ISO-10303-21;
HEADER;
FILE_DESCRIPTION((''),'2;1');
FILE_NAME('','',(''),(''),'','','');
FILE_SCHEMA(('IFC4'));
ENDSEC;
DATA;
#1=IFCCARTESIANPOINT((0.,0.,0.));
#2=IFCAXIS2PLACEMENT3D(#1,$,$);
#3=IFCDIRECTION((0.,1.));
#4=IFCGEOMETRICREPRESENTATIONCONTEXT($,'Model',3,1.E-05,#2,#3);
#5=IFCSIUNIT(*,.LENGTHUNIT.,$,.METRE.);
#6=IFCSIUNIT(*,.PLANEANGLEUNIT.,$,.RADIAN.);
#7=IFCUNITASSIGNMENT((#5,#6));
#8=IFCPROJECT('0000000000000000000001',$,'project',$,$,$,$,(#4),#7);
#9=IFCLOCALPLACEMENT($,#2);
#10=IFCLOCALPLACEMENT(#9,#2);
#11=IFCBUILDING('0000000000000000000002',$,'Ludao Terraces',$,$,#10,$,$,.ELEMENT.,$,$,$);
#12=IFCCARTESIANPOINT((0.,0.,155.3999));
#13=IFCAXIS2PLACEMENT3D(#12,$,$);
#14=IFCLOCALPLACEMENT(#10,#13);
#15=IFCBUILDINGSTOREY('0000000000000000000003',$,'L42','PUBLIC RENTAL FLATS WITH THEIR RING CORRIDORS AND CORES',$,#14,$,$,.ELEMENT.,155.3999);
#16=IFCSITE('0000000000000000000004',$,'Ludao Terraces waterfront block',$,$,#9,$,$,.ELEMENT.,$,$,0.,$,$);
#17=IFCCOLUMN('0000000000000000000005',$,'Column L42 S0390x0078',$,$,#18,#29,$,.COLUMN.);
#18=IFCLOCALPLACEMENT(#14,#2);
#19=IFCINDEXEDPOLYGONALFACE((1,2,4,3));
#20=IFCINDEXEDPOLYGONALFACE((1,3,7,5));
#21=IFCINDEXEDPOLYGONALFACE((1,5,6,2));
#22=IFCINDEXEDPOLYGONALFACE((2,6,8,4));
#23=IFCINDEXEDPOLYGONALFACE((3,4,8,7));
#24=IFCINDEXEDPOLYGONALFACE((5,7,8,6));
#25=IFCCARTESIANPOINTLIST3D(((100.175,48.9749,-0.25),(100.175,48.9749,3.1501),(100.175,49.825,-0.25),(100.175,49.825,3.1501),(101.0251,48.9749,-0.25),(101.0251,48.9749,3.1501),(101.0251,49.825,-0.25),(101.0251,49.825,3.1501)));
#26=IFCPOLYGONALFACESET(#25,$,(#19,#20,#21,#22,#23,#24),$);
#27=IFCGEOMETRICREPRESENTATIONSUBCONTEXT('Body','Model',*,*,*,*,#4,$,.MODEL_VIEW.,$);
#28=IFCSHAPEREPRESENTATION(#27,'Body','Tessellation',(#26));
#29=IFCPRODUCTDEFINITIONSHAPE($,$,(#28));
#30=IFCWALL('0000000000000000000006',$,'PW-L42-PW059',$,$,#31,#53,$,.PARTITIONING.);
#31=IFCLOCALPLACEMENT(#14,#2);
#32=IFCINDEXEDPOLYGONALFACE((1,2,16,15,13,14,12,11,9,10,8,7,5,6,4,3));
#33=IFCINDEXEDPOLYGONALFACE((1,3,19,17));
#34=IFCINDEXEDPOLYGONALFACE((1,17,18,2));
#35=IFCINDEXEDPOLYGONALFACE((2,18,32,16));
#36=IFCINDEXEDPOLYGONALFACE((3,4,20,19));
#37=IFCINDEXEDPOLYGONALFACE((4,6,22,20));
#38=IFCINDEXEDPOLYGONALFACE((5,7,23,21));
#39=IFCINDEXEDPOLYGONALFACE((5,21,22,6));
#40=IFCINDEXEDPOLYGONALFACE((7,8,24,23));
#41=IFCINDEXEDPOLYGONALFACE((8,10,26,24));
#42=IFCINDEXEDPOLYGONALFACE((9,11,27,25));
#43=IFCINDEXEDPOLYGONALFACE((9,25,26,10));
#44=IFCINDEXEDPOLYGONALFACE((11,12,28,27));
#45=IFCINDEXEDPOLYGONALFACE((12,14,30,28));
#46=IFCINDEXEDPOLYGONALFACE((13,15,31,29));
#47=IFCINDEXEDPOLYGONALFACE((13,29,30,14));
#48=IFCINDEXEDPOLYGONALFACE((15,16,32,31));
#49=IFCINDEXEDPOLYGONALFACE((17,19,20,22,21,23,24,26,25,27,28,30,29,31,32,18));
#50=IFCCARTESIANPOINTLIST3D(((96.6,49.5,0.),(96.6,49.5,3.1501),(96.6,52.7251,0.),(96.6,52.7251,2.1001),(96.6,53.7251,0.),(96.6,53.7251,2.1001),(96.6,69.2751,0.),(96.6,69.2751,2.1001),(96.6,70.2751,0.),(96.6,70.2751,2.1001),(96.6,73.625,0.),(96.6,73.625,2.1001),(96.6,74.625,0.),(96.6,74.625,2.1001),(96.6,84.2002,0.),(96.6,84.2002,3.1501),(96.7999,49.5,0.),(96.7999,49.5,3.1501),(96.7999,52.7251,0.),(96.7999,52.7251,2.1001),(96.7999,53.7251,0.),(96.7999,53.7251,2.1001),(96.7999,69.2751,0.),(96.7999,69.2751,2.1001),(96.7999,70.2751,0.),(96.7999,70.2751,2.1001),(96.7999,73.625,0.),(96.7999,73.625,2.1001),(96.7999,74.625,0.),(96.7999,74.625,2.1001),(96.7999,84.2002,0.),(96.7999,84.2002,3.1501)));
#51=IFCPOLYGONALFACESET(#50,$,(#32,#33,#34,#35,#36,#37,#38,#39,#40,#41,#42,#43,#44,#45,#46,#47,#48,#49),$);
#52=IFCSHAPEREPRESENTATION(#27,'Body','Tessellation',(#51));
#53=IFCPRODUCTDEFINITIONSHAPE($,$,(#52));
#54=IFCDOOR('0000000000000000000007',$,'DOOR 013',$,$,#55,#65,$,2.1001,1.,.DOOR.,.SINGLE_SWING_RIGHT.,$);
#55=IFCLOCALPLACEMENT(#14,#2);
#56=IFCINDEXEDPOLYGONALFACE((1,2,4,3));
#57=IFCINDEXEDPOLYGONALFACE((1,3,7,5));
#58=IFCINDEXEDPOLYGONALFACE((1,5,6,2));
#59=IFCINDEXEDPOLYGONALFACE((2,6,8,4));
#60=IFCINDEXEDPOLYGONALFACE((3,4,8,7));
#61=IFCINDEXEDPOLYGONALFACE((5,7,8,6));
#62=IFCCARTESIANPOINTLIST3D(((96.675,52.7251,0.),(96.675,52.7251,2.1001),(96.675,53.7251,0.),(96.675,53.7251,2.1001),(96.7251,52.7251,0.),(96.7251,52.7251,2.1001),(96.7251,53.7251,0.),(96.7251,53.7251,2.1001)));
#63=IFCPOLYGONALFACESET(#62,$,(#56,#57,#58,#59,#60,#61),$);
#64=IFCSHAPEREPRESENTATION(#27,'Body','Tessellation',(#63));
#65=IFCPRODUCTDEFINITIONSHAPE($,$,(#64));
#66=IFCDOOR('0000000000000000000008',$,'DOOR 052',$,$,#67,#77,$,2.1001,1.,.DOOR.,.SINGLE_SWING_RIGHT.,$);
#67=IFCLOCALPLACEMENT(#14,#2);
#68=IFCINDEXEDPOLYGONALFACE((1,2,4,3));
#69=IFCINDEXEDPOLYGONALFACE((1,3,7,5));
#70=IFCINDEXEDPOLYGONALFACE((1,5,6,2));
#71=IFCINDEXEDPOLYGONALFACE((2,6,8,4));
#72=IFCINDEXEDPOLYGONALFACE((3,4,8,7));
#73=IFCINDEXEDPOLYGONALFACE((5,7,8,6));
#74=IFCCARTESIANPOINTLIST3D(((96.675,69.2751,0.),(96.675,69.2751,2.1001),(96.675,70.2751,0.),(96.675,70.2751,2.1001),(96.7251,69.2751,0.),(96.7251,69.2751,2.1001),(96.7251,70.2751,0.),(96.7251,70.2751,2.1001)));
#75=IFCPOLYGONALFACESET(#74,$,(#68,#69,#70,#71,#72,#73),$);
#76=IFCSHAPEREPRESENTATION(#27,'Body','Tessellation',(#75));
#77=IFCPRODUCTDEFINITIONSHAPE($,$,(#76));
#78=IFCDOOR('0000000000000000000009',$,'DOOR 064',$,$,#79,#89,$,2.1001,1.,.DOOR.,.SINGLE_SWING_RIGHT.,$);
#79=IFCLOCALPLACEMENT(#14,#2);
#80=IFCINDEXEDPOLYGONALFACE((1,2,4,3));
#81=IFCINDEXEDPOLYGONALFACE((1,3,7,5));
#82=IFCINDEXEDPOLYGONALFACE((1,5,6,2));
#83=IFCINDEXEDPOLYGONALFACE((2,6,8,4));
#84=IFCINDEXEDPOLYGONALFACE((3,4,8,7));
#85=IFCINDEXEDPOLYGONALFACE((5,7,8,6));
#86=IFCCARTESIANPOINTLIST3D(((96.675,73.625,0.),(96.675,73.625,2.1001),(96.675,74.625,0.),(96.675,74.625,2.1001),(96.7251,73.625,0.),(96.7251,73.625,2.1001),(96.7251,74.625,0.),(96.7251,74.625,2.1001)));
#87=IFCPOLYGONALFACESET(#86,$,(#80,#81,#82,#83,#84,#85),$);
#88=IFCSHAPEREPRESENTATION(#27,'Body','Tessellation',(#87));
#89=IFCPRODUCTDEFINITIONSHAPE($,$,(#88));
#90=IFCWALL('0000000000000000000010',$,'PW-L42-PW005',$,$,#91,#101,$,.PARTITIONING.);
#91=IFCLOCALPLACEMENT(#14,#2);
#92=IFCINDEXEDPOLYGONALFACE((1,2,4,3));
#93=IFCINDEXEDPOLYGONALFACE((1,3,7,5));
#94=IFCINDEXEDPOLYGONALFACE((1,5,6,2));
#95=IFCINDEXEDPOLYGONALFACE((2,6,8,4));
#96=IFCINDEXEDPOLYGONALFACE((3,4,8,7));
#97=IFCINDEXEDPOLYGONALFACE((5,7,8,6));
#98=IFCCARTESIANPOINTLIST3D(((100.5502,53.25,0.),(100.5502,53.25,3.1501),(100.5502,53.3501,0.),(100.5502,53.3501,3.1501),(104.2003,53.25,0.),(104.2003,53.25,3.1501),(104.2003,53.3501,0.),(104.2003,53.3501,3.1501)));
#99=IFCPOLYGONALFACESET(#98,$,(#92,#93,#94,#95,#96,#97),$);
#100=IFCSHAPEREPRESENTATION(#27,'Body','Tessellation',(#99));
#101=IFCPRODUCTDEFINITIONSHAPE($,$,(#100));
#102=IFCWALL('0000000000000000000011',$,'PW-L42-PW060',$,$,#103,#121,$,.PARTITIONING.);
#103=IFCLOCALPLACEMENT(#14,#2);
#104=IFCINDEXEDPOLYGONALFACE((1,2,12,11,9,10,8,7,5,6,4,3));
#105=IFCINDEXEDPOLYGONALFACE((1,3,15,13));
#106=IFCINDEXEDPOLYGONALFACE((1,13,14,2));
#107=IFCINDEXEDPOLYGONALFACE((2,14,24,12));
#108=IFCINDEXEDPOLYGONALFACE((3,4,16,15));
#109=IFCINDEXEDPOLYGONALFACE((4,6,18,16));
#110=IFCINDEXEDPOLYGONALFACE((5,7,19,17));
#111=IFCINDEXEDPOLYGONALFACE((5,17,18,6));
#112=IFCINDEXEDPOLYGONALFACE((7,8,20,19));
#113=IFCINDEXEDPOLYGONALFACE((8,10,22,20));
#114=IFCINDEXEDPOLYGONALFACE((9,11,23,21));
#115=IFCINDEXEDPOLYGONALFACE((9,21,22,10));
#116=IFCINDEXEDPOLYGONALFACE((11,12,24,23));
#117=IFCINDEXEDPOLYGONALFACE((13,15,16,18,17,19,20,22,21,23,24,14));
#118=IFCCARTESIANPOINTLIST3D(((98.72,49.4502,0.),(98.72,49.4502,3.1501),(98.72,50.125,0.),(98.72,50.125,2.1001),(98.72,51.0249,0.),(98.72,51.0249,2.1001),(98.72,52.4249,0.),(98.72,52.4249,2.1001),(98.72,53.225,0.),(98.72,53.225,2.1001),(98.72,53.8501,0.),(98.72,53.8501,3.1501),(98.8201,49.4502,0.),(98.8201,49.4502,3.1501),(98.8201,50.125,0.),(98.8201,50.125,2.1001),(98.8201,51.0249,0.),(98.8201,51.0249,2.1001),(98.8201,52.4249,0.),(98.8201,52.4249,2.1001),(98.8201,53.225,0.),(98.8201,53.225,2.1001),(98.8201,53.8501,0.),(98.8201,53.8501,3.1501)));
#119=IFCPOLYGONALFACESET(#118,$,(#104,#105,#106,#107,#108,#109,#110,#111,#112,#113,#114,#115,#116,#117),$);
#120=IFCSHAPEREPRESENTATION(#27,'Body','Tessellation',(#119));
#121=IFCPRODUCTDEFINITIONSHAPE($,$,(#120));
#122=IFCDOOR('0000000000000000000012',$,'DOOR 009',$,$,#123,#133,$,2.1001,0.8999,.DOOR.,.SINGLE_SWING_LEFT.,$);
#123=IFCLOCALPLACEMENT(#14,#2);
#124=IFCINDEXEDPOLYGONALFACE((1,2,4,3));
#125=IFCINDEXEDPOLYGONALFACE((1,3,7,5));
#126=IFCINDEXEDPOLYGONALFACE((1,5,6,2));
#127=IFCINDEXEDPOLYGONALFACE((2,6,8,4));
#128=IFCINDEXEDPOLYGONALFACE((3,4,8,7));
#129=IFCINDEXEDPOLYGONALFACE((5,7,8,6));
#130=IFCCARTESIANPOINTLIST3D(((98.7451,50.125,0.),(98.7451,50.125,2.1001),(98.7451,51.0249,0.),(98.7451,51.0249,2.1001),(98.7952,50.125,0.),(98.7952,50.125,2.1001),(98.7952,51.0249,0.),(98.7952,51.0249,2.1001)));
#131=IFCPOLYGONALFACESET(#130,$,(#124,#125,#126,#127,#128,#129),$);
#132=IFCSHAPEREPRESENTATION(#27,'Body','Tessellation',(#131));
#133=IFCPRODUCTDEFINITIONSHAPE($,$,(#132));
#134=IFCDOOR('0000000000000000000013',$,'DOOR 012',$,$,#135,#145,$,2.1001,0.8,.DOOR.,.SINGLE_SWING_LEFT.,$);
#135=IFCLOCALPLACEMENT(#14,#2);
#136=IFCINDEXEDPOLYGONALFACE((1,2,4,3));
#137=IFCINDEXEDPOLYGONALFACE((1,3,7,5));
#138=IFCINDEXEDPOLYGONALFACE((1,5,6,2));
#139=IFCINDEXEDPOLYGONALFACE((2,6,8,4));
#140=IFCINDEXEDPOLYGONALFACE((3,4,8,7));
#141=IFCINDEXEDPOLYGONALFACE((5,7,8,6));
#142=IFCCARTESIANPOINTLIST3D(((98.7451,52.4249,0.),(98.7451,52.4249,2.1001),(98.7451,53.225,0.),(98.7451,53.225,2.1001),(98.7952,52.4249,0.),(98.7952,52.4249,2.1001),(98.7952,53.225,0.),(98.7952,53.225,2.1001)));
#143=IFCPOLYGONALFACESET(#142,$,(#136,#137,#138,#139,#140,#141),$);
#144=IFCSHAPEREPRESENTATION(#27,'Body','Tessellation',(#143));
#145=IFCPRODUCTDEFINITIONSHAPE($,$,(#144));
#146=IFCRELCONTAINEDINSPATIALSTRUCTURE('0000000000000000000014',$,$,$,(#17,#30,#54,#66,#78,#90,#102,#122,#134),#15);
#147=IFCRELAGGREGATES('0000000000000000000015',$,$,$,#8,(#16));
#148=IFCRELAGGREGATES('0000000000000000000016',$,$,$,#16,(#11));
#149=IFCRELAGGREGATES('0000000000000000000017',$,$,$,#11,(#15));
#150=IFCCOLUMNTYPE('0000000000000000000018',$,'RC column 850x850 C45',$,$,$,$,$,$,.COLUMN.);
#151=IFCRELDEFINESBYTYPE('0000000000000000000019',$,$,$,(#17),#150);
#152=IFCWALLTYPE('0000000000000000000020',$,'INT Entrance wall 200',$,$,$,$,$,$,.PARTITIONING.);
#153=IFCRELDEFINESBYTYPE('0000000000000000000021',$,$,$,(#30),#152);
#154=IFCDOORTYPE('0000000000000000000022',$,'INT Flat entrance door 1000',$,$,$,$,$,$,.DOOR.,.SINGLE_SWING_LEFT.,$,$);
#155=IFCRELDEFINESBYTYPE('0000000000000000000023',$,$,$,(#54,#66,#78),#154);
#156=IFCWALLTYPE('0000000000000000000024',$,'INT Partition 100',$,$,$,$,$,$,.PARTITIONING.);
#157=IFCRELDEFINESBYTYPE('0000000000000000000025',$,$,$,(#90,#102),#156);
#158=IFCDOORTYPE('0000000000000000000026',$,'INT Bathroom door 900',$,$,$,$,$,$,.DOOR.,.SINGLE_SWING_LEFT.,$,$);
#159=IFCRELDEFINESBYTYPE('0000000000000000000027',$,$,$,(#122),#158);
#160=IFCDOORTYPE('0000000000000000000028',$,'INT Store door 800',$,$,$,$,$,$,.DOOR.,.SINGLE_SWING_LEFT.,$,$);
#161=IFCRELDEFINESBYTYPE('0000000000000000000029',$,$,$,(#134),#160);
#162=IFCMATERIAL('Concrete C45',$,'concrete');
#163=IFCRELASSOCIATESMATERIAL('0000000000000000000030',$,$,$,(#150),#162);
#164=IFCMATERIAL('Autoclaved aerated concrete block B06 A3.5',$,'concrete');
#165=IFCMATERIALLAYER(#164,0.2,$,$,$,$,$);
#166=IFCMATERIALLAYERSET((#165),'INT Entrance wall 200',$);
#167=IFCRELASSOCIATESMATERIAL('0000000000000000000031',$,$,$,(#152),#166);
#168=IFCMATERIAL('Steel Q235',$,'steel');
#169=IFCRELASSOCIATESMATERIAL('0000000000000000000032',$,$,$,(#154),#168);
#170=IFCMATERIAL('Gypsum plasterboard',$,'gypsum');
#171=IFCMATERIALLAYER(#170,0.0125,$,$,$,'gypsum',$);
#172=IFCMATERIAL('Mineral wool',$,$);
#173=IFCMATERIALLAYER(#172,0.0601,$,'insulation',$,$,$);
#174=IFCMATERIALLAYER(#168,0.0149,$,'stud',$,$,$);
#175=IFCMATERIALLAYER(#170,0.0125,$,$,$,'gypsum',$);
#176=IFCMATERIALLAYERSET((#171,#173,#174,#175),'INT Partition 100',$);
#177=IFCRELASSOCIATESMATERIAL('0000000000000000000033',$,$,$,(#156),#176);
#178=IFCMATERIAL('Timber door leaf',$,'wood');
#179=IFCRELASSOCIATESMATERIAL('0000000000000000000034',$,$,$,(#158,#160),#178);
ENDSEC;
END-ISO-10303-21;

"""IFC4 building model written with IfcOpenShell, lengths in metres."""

from ifc_helpers import new_model, si_unit, direction, frame, frame_2d, origin, origin_2d, place, context, subcontext, project, spatial, rectangle, extrude, material, layer, layer_set, material_profile, profile_set, type_object, element, fill, save


model = new_model("IFC4")

# Units and contexts
model_context = context("Model", 3, precision=1e-05, world=origin(), true_north=direction((0.0, 1.0)))
body_context = subcontext(model_context, "Body", "Model", "MODEL_VIEW")
ifc_project = project(units=[si_unit("LENGTHUNIT", "METRE"), si_unit("PLANEANGLEUNIT", "RADIAN")], contexts=[model_context])

# Site, building, storey
site_placement = place(None, origin())
site = spatial("IfcSite", under=ifc_project, at=site_placement, Name="Ludao Terraces waterfront block", CompositionType="ELEMENT", RefElevation=0.0)
building_placement = place(site_placement, origin())
building = spatial("IfcBuilding", under=site, at=building_placement, Name="Ludao Terraces", CompositionType="ELEMENT")
storey_placement = place(building_placement, frame((0.0, 0.0, 155.3999)))
storey = spatial("IfcBuildingStorey", under=building, at=storey_placement, Name="L42", Description="PUBLIC RENTAL FLATS WITH THEIR RING CORRIDORS AND CORES", CompositionType="ELEMENT", Elevation=155.3999)

# Column
ifc_material_1 = material(Name="Concrete C45", Category="concrete")
ifc_material_profile = material_profile(ifc_material_1, rectangle(XDim=0.8501, YDim=0.8501, at=origin_2d()), Name="850 X 850")
ifc_profile_set = profile_set([ifc_material_profile], Name="Concrete C45")
column_type = type_object("IfcColumnType", Name="RC column 850x850 C45", PredefinedType="COLUMN", material=ifc_profile_set)
column_placement = place(storey_placement, frame((100.6001, 49.3999, -0.25), z_axis=(0.0, 0.0, 1.0), x_axis=(1.0, 0.0, 0.0)))
element("IfcColumn", 1, at=column_placement, inside=storey, type_object=column_type, Name="Column L42 S0390x0078", PredefinedType="COLUMN", context=body_context, shape_type="SweptSolid", body=[
    extrude(rectangle(XDim=0.8501, YDim=0.8501, at=origin_2d()), origin(), (0.0, 0.0, 1.0), 3.4001),
])

# Wall, openings, doors
ifc_material_2 = material(Name="Autoclaved aerated concrete block B06 A3.5", Category="concrete")
ifc_layer_1 = layer(ifc_material_2, 0.2)
ifc_layer_set_1 = layer_set([ifc_layer_1], Name="INT Entrance wall 200")
wall_type_1 = type_object("IfcWallType", Name="INT Entrance wall 200", PredefinedType="PARTITIONING", material=ifc_layer_set_1)
wall_1_placement = place(storey_placement, frame((96.7, 49.5, 0.0), z_axis=(0.0, 0.0, 1.0), x_axis=(0.0, 1.0, 0.0)))
wall_1 = element("IfcWall", 2, at=wall_1_placement, inside=storey, type_object=wall_type_1, Name="PW-L42-PW059", PredefinedType="PARTITIONING", context=body_context, shape_type="SweptSolid", body=[
    extrude(rectangle(XDim=34.7002, YDim=0.2, at=frame_2d((17.3501, 0.0))), origin(), (0.0, 0.0, 1.0), 3.1501),
])
opening_1_placement = place(wall_1_placement, frame((3.2251, 0.0, 0.0)))
opening_1 = element("IfcOpeningElement", 3, at=opening_1_placement, cuts=wall_1, PredefinedType="OPENING", context=body_context, shape_type="SweptSolid", body=[
    extrude(rectangle(XDim=1.0, YDim=2.1001, at=frame_2d((0.5, 1.05))), frame((0.0, 0.1099, 0.0), z_axis=(0.0, -1.0, 0.0), x_axis=(1.0, 0.0, 0.0)), (0.0, 0.0, 1.0), 0.22),
])
opening_2_placement = place(wall_1_placement, frame((19.7751, 0.0, 0.0)))
opening_2 = element("IfcOpeningElement", 4, at=opening_2_placement, cuts=wall_1, PredefinedType="OPENING", context=body_context, shape_type="SweptSolid", body=[
    extrude(rectangle(XDim=1.0, YDim=2.1001, at=frame_2d((0.5, 1.05))), frame((0.0, 0.1099, 0.0), z_axis=(0.0, -1.0, 0.0), x_axis=(1.0, 0.0, 0.0)), (0.0, 0.0, 1.0), 0.22),
])
opening_3_placement = place(wall_1_placement, frame((24.125, 0.0, 0.0)))
opening_3 = element("IfcOpeningElement", 5, at=opening_3_placement, cuts=wall_1, PredefinedType="OPENING", context=body_context, shape_type="SweptSolid", body=[
    extrude(rectangle(XDim=1.0, YDim=2.1001, at=frame_2d((0.5, 1.05))), frame((0.0, 0.1099, 0.0), z_axis=(0.0, -1.0, 0.0), x_axis=(1.0, 0.0, 0.0)), (0.0, 0.0, 1.0), 0.22),
])
ifc_material_3 = material(Name="Steel Q235", Category="steel")
door_type_1 = type_object("IfcDoorType", Name="INT Flat entrance door 1000", OperationType="SINGLE_SWING_LEFT", PredefinedType="DOOR", material=ifc_material_3)
door_1_placement = place(opening_1_placement, origin())
door_1 = element("IfcDoor", 6, at=door_1_placement, inside=storey, type_object=door_type_1, Name="DOOR 013", OperationType="SINGLE_SWING_RIGHT", OverallHeight=2.1001, OverallWidth=1.0, PredefinedType="DOOR", context=body_context, shape_type="SweptSolid", body=[
    extrude(rectangle(XDim=1.0, YDim=2.1001, at=frame_2d((0.5, 1.05))), frame((0.0, 0.0249, 0.0), z_axis=(0.0, -1.0, 0.0), x_axis=(1.0, 0.0, 0.0)), (0.0, 0.0, 1.0), 0.05),
])
fill(opening_1, door_1)
door_2_placement = place(opening_2_placement, origin())
door_2 = element("IfcDoor", 7, at=door_2_placement, inside=storey, type_object=door_type_1, Name="DOOR 052", OperationType="SINGLE_SWING_RIGHT", OverallHeight=2.1001, OverallWidth=1.0, PredefinedType="DOOR", context=body_context, shape_type="SweptSolid", body=[
    extrude(rectangle(XDim=1.0, YDim=2.1001, at=frame_2d((0.5, 1.05))), frame((0.0, 0.0249, 0.0), z_axis=(0.0, -1.0, 0.0), x_axis=(1.0, 0.0, 0.0)), (0.0, 0.0, 1.0), 0.05),
])
fill(opening_2, door_2)
door_3_placement = place(opening_3_placement, origin())
door_3 = element("IfcDoor", 8, at=door_3_placement, inside=storey, type_object=door_type_1, Name="DOOR 064", OperationType="SINGLE_SWING_RIGHT", OverallHeight=2.1001, OverallWidth=1.0, PredefinedType="DOOR", context=body_context, shape_type="SweptSolid", body=[
    extrude(rectangle(XDim=1.0, YDim=2.1001, at=frame_2d((0.5, 1.05))), frame((0.0, 0.0249, 0.0), z_axis=(0.0, -1.0, 0.0), x_axis=(1.0, 0.0, 0.0)), (0.0, 0.0, 1.0), 0.05),
])
fill(opening_3, door_3)

# Wall
ifc_material_4 = material(Name="Gypsum plasterboard", Category="gypsum")
ifc_layer_2 = layer(ifc_material_4, 0.0125, Category="gypsum")
ifc_material_5 = material(Name="Mineral wool")
ifc_layer_3 = layer(ifc_material_5, 0.0601, Name="insulation")
ifc_layer_4 = layer(ifc_material_3, 0.0149, Name="stud")
ifc_layer_5 = layer(ifc_material_4, 0.0125, Category="gypsum")
ifc_layer_set_2 = layer_set([ifc_layer_2, ifc_layer_3, ifc_layer_4, ifc_layer_5], Name="INT Partition 100")
wall_type_2 = type_object("IfcWallType", Name="INT Partition 100", PredefinedType="PARTITIONING", material=ifc_layer_set_2)
wall_2_placement = place(storey_placement, frame((100.55, 53.3, 0.0), z_axis=(0.0, 0.0, 1.0), x_axis=(1.0, 0.0, 0.0)))
element("IfcWall", 9, at=wall_2_placement, inside=storey, type_object=wall_type_2, Name="PW-L42-PW005", PredefinedType="PARTITIONING", context=body_context, shape_type="SweptSolid", body=[
    extrude(rectangle(XDim=3.6501, YDim=0.1001, at=frame_2d((1.8252, 0.0))), origin(), (0.0, 0.0, 1.0), 3.1501),
])

# Wall, openings, doors
wall_3_placement = place(storey_placement, frame((98.77, 49.4502, 0.0), z_axis=(0.0, 0.0, 1.0), x_axis=(0.0, 1.0, 0.0)))
wall_3 = element("IfcWall", 10, at=wall_3_placement, inside=storey, type_object=wall_type_2, Name="PW-L42-PW060", PredefinedType="PARTITIONING", context=body_context, shape_type="SweptSolid", body=[
    extrude(rectangle(XDim=4.3999, YDim=0.1001, at=frame_2d((2.2, 0.0))), origin(), (0.0, 0.0, 1.0), 3.1501),
])
opening_4_placement = place(wall_3_placement, frame((0.6748, 0.0, 0.0)))
opening_4 = element("IfcOpeningElement", 11, at=opening_4_placement, cuts=wall_3, PredefinedType="OPENING", context=body_context, shape_type="SweptSolid", body=[
    extrude(rectangle(XDim=0.8999, YDim=2.1001, at=frame_2d((0.45, 1.05))), frame((0.0, 0.0601, 0.0), z_axis=(0.0, -1.0, 0.0), x_axis=(1.0, 0.0, 0.0)), (0.0, 0.0, 1.0), 0.1201),
])
opening_5_placement = place(wall_3_placement, frame((2.9749, 0.0, 0.0)))
opening_5 = element("IfcOpeningElement", 12, at=opening_5_placement, cuts=wall_3, PredefinedType="OPENING", context=body_context, shape_type="SweptSolid", body=[
    extrude(rectangle(XDim=0.8, YDim=2.1001, at=frame_2d((0.3999, 1.05))), frame((0.0, 0.0601, 0.0), z_axis=(0.0, -1.0, 0.0), x_axis=(1.0, 0.0, 0.0)), (0.0, 0.0, 1.0), 0.1201),
])
ifc_material_6 = material(Name="Timber door leaf", Category="wood")
door_type_2 = type_object("IfcDoorType", Name="INT Bathroom door 900", OperationType="SINGLE_SWING_LEFT", PredefinedType="DOOR", material=ifc_material_6)
door_4_placement = place(opening_4_placement, origin())
door_4 = element("IfcDoor", 13, at=door_4_placement, inside=storey, type_object=door_type_2, Name="DOOR 009", OperationType="SINGLE_SWING_LEFT", OverallHeight=2.1001, OverallWidth=0.8999, PredefinedType="DOOR", context=body_context, shape_type="SweptSolid", body=[
    extrude(rectangle(XDim=0.8999, YDim=2.1001, at=frame_2d((0.45, 1.05))), frame((0.0, 0.0249, 0.0), z_axis=(0.0, -1.0, 0.0), x_axis=(1.0, 0.0, 0.0)), (0.0, 0.0, 1.0), 0.05),
])
fill(opening_4, door_4)
door_type_3 = type_object("IfcDoorType", Name="INT Store door 800", OperationType="SINGLE_SWING_LEFT", PredefinedType="DOOR", material=ifc_material_6)
door_5_placement = place(opening_5_placement, origin())
door_5 = element("IfcDoor", 14, at=door_5_placement, inside=storey, type_object=door_type_3, Name="DOOR 012", OperationType="SINGLE_SWING_LEFT", OverallHeight=2.1001, OverallWidth=0.8, PredefinedType="DOOR", context=body_context, shape_type="SweptSolid", body=[
    extrude(rectangle(XDim=0.8, YDim=2.1001, at=frame_2d((0.3999, 1.05))), frame((0.0, 0.0249, 0.0), z_axis=(0.0, -1.0, 0.0), x_axis=(1.0, 0.0, 0.0)), (0.0, 0.0, 1.0), 0.05),
])
fill(opening_5, door_5)

save(model, "model.ifc")
